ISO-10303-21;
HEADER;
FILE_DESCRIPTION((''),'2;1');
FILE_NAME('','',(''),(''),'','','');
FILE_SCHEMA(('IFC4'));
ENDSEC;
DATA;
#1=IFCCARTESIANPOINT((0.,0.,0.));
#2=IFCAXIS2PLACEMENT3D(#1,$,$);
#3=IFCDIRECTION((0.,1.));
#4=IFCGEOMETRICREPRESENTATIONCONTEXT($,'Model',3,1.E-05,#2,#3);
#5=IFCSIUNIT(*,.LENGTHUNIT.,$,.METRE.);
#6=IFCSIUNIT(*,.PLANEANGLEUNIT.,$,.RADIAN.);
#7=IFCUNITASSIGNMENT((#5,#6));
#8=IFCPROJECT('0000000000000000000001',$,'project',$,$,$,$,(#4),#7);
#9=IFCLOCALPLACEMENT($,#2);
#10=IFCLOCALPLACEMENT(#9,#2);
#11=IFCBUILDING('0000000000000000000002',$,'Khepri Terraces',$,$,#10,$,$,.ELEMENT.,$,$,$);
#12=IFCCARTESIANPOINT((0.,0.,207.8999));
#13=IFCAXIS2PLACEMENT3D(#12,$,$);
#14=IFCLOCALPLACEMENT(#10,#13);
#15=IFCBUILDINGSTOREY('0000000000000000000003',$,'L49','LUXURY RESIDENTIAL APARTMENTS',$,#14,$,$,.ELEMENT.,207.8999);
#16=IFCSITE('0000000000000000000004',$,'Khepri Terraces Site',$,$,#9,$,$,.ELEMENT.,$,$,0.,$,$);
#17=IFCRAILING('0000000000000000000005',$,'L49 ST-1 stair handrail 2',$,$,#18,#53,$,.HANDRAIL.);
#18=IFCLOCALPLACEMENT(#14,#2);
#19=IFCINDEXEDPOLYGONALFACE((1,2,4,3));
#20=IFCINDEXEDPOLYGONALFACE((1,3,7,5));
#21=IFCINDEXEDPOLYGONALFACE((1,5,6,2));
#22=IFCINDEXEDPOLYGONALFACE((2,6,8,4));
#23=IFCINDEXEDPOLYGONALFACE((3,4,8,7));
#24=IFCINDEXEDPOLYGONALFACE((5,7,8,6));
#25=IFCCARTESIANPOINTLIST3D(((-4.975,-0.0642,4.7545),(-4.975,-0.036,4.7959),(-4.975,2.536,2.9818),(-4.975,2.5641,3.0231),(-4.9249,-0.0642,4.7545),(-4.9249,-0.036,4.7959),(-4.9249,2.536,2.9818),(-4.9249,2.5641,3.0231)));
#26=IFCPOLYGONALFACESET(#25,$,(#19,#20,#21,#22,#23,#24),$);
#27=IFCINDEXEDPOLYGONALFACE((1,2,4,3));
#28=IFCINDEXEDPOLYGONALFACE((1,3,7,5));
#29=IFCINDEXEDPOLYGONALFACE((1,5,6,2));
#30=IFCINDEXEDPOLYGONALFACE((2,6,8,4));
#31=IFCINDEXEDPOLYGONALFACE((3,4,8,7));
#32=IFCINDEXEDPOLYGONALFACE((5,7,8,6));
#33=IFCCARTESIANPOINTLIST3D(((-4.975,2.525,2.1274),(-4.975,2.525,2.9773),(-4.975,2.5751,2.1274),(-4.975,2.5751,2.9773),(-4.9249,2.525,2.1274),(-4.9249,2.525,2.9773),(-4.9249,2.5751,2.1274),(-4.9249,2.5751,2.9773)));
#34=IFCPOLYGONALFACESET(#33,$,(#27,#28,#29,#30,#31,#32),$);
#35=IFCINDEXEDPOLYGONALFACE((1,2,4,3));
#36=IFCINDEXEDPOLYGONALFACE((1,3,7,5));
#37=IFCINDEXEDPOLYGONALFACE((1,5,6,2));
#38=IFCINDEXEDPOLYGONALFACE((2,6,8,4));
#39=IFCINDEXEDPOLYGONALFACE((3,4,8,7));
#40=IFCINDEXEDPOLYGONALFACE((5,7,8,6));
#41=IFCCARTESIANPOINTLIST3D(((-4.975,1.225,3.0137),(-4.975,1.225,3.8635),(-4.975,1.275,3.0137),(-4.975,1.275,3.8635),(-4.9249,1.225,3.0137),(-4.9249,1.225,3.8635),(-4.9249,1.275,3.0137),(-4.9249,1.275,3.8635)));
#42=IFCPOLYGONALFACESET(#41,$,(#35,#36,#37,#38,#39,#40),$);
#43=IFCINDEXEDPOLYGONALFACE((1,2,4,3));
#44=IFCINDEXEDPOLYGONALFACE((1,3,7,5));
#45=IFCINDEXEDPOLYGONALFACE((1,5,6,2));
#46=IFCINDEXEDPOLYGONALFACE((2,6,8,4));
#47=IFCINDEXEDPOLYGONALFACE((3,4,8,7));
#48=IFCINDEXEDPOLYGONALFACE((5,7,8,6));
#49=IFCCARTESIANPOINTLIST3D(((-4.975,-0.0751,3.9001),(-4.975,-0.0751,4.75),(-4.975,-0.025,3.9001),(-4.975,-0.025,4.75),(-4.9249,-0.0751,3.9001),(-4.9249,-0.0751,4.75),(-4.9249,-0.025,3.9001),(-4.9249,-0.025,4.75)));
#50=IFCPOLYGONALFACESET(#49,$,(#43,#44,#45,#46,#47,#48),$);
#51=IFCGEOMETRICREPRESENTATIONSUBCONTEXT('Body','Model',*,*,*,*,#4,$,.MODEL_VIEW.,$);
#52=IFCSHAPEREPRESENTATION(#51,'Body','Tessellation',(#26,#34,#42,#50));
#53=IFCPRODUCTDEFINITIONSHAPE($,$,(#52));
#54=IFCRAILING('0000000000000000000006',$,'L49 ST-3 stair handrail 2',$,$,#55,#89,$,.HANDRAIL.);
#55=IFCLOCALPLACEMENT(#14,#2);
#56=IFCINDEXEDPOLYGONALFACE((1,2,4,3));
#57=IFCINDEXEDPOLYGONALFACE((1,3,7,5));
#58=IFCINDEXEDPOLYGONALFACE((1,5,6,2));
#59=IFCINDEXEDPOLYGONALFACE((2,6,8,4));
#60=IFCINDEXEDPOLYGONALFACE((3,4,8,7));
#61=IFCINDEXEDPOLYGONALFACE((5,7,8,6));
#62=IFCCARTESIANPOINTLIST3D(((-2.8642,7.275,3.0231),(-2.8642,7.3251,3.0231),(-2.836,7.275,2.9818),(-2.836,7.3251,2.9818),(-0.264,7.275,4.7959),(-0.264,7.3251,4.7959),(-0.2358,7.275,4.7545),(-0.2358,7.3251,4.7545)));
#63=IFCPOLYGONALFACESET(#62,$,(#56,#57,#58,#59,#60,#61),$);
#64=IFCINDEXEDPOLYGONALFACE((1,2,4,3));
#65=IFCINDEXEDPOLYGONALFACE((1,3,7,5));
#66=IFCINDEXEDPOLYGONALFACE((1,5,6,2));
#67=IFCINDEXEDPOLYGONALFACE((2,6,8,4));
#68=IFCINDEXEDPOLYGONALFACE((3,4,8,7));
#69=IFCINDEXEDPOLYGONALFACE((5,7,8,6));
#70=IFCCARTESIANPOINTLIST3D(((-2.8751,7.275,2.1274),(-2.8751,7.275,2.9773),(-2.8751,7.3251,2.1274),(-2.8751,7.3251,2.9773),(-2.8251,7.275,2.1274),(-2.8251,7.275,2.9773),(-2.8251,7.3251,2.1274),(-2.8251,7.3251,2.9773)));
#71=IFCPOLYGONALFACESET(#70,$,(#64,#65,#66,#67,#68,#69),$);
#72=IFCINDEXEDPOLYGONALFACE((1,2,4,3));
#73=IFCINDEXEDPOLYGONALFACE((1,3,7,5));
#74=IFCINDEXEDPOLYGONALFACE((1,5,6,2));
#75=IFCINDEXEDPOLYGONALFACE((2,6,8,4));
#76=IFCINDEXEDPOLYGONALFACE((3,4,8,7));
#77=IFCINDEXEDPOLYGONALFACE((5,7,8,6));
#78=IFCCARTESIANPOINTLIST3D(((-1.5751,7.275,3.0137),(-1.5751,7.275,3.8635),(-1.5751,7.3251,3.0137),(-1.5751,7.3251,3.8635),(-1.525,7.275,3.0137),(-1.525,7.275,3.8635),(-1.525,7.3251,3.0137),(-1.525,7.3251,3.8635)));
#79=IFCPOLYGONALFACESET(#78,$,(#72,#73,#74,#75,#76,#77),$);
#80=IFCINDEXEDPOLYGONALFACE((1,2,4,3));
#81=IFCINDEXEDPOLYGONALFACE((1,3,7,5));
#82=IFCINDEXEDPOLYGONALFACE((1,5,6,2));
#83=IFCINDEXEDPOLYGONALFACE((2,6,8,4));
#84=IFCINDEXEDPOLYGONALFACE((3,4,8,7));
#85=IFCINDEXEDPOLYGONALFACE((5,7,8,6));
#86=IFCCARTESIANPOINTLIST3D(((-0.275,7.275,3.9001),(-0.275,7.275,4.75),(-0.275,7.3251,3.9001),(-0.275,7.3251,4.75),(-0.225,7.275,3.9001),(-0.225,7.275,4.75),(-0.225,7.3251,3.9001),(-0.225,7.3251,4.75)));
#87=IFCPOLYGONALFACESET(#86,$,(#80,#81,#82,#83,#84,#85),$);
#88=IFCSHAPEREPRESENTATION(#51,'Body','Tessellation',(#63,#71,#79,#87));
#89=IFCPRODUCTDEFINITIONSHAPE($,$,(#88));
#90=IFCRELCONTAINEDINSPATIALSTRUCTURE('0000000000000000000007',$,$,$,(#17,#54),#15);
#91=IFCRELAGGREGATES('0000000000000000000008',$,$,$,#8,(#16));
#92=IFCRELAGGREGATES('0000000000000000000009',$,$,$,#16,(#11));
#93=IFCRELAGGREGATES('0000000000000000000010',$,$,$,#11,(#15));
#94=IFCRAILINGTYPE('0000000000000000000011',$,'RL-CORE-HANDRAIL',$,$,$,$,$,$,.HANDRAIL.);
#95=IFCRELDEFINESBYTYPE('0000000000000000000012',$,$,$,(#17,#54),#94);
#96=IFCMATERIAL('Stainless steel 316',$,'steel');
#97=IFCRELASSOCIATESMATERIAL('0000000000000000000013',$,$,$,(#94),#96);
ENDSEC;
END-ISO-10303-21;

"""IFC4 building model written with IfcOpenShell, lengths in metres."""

from ifc_helpers import new_model, si_unit, direction, frame, origin, origin_2d, place, context, subcontext, project, spatial, rectangle, extrude, material, type_object, element, save


model = new_model("IFC4")

# Units and contexts
model_context = context("Model", 3, precision=1e-05, world=origin(), true_north=direction((0.0, 1.0)))
body_context = subcontext(model_context, "Body", "Model", "MODEL_VIEW")
ifc_project = project(units=[si_unit("LENGTHUNIT", "METRE"), si_unit("PLANEANGLEUNIT", "RADIAN")], contexts=[model_context])

# Site, building, storey
site_placement = place(None, origin())
site = spatial("IfcSite", under=ifc_project, at=site_placement, Name="Khepri Terraces Site", CompositionType="ELEMENT", RefElevation=0.0)
building_placement = place(site_placement, origin())
building = spatial("IfcBuilding", under=site, at=building_placement, Name="Khepri Terraces", CompositionType="ELEMENT")
storey_placement = place(building_placement, frame((0.0, 0.0, 207.8999)))
storey = spatial("IfcBuildingStorey", under=building, at=storey_placement, Name="L49", Description="LUXURY RESIDENTIAL APARTMENTS", CompositionType="ELEMENT", Elevation=207.8999)

# Railings
ifc_material_1 = material(Name="Stainless steel 316", Category="steel")
railing_type_1 = type_object("IfcRailingType", Name="RL-CORE-HANDRAIL", PredefinedType="HANDRAIL", material=ifc_material_1)
railing_1_placement = place(storey_placement, frame((-4.95, 2.55, 2.1274)))
element("IfcRailing", 1, at=railing_1_placement, inside=storey, type_object=railing_type_1, Name="L49 ST-1 stair handrail 2", PredefinedType="HANDRAIL", context=body_context, shape_type="SweptSolid", body=[
    extrude(rectangle(XDim=0.05, YDim=0.05, at=origin_2d()), frame((0.0, 0.0, 0.875), z_axis=(0.0, -0.82624, 0.563318), x_axis=(1.0, 0.0, 0.0)), (0.0, 0.0, 1.0), 3.147),
    extrude(rectangle(XDim=0.05, YDim=0.05, at=origin_2d()), origin(), (0.0, 0.0, 1.0), 0.8499),
    extrude(rectangle(XDim=0.05, YDim=0.05, at=origin_2d()), frame((0.0, -1.3, 0.8862)), (0.0, 0.0, 1.0), 0.8499),
    extrude(rectangle(XDim=0.05, YDim=0.05, at=origin_2d()), frame((0.0, -2.6001, 1.7727)), (0.0, 0.0, 1.0), 0.8499),
])
railing_2_placement = place(storey_placement, frame((-2.8501, 7.3, 2.1274)))
element("IfcRailing", 2, at=railing_2_placement, inside=storey, type_object=railing_type_1, Name="L49 ST-3 stair handrail 2", PredefinedType="HANDRAIL", context=body_context, shape_type="SweptSolid", body=[
    extrude(rectangle(XDim=0.05, YDim=0.05, at=origin_2d()), frame((0.0, 0.0, 0.875), z_axis=(0.82624, 0.0, 0.563318), x_axis=(0.0, 1.0, 0.0)), (0.0, 0.0, 1.0), 3.147),
    extrude(rectangle(XDim=0.05, YDim=0.05, at=origin_2d()), origin(), (0.0, 0.0, 1.0), 0.8499),
    extrude(rectangle(XDim=0.05, YDim=0.05, at=origin_2d()), frame((1.3, 0.0, 0.8862)), (0.0, 0.0, 1.0), 0.8499),
    extrude(rectangle(XDim=0.05, YDim=0.05, at=origin_2d()), frame((2.6001, 0.0, 1.7727)), (0.0, 0.0, 1.0), 0.8499),
])

save(model, "model.ifc")
